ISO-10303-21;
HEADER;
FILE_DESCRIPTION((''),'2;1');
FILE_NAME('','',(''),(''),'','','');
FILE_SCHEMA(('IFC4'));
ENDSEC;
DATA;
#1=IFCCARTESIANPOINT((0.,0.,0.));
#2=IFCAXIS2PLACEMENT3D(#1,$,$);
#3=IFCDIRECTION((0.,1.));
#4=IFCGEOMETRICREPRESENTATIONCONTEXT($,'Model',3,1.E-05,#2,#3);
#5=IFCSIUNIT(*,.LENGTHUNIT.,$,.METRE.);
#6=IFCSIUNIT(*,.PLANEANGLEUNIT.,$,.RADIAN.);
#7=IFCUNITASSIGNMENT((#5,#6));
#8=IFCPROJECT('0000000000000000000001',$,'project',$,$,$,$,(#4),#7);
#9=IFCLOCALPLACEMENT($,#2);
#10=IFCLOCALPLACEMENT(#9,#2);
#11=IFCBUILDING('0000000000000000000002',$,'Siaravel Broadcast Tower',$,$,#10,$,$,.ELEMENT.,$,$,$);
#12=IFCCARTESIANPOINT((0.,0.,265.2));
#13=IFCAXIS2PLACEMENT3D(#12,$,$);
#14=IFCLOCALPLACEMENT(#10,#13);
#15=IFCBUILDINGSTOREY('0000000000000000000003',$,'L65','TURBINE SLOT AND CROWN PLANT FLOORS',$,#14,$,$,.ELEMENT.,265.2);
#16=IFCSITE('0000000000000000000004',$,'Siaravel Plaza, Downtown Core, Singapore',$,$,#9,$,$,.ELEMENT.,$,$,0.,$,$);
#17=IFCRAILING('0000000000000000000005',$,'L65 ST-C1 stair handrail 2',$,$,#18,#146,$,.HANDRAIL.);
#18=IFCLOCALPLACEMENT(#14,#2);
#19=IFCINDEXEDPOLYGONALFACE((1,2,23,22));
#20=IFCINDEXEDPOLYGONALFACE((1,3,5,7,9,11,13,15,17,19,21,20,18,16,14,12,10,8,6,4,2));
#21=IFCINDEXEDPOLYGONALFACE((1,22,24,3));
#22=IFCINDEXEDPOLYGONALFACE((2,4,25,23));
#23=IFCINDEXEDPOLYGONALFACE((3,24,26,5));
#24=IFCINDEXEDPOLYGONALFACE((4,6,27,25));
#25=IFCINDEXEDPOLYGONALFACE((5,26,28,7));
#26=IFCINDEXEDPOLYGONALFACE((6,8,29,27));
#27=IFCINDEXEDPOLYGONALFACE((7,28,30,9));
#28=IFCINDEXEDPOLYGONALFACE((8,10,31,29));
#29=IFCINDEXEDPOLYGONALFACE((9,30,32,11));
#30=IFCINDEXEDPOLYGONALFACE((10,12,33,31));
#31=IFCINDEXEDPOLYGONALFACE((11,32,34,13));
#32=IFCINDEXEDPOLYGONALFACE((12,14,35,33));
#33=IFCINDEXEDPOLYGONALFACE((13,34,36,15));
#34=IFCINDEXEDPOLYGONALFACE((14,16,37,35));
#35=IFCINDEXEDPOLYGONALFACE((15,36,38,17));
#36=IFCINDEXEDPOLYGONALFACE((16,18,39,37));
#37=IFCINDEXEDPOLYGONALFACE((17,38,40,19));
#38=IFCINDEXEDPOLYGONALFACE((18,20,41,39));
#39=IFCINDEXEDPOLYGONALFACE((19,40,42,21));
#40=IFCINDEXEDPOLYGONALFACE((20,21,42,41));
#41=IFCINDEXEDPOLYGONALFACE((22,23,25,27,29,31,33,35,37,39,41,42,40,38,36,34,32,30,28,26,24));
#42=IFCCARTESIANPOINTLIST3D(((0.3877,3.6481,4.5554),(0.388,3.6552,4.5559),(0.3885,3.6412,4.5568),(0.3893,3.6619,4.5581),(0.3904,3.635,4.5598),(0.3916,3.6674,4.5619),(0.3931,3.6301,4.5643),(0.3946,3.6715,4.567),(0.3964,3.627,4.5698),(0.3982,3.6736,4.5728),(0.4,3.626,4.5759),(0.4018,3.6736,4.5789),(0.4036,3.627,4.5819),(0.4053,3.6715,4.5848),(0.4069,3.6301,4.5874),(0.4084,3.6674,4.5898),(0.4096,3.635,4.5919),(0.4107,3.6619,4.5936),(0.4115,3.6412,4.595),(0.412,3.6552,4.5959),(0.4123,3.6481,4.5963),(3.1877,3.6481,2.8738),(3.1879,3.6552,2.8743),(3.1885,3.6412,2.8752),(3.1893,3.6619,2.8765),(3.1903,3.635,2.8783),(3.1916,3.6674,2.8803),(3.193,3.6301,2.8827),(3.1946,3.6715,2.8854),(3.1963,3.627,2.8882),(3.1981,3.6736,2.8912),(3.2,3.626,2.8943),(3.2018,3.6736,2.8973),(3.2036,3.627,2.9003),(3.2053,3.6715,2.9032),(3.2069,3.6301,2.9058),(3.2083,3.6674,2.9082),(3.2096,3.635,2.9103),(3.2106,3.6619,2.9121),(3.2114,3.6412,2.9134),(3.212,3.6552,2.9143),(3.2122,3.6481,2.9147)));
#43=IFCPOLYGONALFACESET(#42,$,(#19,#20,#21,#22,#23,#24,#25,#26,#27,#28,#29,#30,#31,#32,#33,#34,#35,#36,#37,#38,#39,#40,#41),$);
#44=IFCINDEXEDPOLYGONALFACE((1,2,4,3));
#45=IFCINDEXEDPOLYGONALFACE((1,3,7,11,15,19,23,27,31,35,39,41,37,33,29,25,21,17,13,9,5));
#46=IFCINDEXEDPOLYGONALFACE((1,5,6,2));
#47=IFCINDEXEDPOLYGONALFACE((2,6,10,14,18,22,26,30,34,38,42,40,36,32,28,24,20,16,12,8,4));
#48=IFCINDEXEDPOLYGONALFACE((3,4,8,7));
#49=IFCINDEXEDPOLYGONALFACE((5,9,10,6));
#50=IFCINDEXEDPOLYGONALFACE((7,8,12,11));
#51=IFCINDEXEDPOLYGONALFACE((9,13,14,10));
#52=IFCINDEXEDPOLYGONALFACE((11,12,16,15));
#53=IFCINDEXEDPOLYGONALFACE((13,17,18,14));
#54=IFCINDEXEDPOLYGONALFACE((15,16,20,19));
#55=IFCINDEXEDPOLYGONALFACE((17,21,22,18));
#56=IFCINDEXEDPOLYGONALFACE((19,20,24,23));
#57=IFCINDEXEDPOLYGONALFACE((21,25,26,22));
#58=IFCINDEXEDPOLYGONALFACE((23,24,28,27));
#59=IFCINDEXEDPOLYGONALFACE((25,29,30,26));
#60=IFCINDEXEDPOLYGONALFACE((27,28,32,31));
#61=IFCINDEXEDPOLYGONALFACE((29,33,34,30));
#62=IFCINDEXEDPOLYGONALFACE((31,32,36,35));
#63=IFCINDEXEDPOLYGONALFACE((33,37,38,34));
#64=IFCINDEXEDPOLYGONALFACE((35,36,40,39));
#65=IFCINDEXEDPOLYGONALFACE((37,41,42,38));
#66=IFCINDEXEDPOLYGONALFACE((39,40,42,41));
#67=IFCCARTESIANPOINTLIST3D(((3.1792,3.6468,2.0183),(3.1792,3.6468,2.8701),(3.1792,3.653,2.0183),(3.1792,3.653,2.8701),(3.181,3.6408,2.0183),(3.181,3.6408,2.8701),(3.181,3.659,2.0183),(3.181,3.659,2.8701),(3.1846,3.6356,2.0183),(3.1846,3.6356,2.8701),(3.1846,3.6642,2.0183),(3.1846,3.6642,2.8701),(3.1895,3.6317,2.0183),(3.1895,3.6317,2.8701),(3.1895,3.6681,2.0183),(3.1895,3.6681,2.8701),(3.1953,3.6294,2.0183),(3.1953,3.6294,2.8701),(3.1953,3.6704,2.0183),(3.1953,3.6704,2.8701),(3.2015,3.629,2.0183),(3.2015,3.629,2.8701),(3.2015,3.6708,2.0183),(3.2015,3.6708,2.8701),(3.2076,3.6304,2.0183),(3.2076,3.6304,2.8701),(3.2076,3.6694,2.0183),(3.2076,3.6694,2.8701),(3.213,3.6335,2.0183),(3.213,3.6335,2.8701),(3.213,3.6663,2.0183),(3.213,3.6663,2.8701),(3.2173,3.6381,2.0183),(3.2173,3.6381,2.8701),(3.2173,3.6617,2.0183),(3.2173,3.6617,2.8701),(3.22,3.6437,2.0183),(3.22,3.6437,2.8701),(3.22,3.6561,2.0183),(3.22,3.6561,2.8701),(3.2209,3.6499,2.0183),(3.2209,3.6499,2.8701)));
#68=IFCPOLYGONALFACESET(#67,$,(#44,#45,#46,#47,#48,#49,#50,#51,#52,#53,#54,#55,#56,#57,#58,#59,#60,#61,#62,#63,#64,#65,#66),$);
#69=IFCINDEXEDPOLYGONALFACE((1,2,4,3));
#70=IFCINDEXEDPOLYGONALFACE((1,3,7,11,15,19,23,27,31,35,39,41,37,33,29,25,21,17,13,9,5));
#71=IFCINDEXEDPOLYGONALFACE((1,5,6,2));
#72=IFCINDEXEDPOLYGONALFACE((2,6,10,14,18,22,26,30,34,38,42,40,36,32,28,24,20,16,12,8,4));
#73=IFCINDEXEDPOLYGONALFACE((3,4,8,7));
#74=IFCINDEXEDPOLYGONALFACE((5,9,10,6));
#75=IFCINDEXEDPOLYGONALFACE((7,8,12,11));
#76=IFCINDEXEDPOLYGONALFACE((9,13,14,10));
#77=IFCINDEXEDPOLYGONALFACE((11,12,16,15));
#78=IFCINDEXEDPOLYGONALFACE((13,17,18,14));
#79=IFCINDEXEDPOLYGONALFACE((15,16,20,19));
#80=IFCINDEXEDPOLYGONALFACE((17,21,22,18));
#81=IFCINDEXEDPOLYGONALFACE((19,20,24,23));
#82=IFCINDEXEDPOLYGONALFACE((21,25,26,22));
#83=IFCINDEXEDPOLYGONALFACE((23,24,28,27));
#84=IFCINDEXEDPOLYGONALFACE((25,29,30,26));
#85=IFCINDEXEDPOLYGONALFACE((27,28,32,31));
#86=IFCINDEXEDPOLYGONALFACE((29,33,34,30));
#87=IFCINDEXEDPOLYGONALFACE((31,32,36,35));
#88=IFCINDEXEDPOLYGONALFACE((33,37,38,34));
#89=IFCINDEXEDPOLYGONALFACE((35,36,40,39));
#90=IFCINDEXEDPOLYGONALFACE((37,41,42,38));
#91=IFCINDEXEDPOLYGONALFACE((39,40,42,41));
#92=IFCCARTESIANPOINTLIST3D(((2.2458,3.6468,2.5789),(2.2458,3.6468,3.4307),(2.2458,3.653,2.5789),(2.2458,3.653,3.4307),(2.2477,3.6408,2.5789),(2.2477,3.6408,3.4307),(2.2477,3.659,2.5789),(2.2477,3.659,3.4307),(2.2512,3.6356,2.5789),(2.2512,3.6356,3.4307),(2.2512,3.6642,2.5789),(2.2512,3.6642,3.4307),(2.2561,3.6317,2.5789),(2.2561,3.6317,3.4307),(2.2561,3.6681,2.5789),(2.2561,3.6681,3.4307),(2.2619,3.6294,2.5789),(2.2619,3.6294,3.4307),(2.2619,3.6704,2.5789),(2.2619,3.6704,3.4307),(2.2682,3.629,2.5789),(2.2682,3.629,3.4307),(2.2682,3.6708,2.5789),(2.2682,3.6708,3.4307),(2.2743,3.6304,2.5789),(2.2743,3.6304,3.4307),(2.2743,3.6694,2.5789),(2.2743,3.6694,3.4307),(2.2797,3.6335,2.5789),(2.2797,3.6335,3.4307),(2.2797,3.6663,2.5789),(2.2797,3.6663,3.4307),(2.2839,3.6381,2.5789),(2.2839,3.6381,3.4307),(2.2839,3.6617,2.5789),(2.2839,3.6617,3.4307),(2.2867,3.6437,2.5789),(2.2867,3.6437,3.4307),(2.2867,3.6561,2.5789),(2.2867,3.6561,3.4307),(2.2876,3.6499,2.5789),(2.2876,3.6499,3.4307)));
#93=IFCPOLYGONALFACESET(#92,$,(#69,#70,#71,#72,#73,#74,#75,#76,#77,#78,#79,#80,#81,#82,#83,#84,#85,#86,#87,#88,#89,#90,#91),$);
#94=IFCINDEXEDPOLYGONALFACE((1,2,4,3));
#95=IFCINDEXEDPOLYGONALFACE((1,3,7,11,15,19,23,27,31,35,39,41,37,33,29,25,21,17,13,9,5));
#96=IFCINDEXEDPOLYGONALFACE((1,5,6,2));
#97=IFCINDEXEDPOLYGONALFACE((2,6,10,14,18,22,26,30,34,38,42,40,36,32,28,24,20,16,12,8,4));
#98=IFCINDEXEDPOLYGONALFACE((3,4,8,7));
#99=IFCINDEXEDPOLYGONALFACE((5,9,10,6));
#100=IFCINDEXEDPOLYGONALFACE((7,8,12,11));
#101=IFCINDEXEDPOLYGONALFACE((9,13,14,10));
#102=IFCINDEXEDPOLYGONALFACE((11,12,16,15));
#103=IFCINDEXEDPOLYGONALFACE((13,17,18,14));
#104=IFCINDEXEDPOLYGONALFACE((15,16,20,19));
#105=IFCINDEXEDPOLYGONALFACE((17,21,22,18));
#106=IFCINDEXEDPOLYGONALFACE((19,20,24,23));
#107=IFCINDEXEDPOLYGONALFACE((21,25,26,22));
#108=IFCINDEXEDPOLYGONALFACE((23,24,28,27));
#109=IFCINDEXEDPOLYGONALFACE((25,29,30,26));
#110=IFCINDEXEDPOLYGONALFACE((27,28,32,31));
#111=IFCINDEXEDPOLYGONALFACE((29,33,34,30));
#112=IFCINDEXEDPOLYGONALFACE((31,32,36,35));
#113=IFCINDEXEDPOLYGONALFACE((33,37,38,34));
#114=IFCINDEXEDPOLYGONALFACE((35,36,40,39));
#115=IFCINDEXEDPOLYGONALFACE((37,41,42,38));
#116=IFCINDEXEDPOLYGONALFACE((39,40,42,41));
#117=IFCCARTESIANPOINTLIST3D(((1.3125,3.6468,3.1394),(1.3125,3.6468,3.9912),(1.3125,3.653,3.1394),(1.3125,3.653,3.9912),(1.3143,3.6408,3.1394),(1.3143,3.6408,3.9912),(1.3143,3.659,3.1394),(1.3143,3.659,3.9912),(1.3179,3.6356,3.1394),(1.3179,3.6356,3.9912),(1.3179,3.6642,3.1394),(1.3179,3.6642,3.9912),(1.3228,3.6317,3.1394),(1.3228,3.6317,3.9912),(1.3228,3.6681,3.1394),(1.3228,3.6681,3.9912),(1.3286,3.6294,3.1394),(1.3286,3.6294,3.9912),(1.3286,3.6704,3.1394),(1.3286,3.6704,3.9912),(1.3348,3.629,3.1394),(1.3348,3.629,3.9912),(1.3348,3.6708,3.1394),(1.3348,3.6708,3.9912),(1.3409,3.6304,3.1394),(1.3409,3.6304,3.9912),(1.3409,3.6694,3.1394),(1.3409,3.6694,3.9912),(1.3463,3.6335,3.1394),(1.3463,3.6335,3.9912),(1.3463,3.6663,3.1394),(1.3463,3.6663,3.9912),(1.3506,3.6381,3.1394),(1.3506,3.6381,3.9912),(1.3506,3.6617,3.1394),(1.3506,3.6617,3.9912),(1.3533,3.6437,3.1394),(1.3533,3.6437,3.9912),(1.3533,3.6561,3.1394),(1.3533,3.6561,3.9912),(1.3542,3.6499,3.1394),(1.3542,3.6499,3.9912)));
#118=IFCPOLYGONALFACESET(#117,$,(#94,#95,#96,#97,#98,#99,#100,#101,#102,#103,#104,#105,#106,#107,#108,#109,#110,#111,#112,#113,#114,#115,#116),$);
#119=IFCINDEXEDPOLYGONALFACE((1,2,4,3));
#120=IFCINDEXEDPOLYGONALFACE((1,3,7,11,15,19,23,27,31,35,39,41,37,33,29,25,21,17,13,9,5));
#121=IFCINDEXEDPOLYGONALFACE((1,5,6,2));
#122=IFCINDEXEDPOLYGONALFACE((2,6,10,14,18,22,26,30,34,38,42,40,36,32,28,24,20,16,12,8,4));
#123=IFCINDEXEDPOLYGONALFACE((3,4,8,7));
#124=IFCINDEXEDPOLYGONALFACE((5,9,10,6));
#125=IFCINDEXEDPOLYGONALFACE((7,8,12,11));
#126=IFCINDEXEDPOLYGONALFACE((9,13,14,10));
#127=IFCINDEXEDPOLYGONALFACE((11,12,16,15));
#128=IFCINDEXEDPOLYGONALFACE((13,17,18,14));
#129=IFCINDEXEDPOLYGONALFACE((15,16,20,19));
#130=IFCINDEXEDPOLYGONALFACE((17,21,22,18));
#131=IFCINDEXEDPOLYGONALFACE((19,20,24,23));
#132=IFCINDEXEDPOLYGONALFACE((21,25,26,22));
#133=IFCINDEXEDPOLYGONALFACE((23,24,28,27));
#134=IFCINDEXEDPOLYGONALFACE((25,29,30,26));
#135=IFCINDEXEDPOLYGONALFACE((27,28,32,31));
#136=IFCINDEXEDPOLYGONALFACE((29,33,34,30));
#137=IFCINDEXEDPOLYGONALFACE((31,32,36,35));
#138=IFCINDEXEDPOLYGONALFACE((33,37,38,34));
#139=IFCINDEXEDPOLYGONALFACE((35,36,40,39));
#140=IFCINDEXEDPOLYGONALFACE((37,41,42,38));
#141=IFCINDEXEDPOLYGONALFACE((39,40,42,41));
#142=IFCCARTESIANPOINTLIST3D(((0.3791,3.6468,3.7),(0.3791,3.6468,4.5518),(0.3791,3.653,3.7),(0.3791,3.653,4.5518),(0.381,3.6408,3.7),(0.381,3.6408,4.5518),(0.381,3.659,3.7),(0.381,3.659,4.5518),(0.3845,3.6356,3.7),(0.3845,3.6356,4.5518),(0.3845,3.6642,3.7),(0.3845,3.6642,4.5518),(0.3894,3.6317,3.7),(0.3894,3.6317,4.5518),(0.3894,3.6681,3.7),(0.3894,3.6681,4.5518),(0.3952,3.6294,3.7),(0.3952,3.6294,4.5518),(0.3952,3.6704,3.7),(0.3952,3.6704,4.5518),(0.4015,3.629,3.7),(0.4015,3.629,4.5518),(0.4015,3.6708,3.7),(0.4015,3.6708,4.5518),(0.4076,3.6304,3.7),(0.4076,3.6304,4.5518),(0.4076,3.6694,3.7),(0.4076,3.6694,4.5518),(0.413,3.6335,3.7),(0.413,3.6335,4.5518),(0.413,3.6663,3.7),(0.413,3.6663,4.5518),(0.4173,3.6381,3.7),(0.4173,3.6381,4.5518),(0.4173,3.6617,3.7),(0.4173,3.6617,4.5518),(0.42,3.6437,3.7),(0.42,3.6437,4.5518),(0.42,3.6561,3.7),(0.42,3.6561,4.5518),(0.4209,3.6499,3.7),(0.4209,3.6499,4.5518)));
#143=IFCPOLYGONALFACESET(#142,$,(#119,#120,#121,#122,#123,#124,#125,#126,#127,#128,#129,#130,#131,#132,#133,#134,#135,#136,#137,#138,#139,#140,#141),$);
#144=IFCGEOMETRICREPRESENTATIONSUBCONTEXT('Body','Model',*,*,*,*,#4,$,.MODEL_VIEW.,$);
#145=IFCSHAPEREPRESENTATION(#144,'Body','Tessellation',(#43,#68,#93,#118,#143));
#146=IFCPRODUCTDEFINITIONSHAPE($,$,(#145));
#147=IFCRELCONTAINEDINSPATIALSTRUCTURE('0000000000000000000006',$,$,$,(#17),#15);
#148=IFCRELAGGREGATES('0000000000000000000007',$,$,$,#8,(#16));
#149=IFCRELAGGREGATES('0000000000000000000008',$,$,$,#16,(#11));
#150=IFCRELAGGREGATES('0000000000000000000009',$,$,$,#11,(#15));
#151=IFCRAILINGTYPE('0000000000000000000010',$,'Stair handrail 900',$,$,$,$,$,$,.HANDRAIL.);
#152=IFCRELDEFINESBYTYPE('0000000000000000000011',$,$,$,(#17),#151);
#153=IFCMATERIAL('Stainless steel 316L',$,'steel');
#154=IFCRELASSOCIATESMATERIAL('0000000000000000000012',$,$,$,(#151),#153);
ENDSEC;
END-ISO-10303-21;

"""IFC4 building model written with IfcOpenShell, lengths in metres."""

from ifc_helpers import new_model, si_unit, direction, frame, origin, origin_2d, place, context, subcontext, project, spatial, circle, extrude, material, type_object, element, save


model = new_model("IFC4")

# Units and contexts
model_context = context("Model", 3, precision=1e-05, world=origin(), true_north=direction((0.0, 1.0)))
body_context = subcontext(model_context, "Body", "Model", "MODEL_VIEW")
ifc_project = project(units=[si_unit("LENGTHUNIT", "METRE"), si_unit("PLANEANGLEUNIT", "RADIAN")], contexts=[model_context])

# Site, building, storey
site_placement = place(None, origin())
site = spatial("IfcSite", under=ifc_project, at=site_placement, Name="Siaravel Plaza, Downtown Core, Singapore", CompositionType="ELEMENT", RefElevation=0.0)
building_placement = place(site_placement, origin())
building = spatial("IfcBuilding", under=site, at=building_placement, Name="Siaravel Broadcast Tower", CompositionType="ELEMENT")
storey_placement = place(building_placement, frame((0.0, 0.0, 265.2)))
storey = spatial("IfcBuildingStorey", under=building, at=storey_placement, Name="L65", Description="TURBINE SLOT AND CROWN PLANT FLOORS", CompositionType="ELEMENT", Elevation=265.2)

# Railing
ifc_material_1 = material(Name="Stainless steel 316L", Category="steel")
railing_type_1 = type_object("IfcRailingType", Name="Stair handrail 900", PredefinedType="HANDRAIL", material=ifc_material_1)
railing_1_placement = place(storey_placement, frame((3.2, 3.6499, 2.0183)))
element("IfcRailing", 1, at=railing_1_placement, inside=storey, type_object=railing_type_1, Name="L65 ST-C1 stair handrail 2", PredefinedType="HANDRAIL", context=body_context, shape_type="SweptSolid", body=[
    extrude(circle(Radius=0.0239, at=origin_2d()), frame((0.0, 0.0, 0.876), z_axis=(-0.857275, 0.0, 0.514858), x_axis=(0.0, -1.0, 0.0)), (0.0, 0.0, 1.0), 3.2661),
    extrude(circle(Radius=0.021, at=origin_2d()), origin(), (0.0, 0.0, 1.0), 0.8518),
    extrude(circle(Radius=0.021, at=origin_2d()), frame((-0.9333, 0.0, 0.5605)), (0.0, 0.0, 1.0), 0.8518),
    extrude(circle(Radius=0.021, at=origin_2d()), frame((-1.8667, 0.0, 1.1211)), (0.0, 0.0, 1.0), 0.8518),
    extrude(circle(Radius=0.021, at=origin_2d()), frame((-2.8, 0.0, 1.6816)), (0.0, 0.0, 1.0), 0.8518),
])

save(model, "model.ifc")
